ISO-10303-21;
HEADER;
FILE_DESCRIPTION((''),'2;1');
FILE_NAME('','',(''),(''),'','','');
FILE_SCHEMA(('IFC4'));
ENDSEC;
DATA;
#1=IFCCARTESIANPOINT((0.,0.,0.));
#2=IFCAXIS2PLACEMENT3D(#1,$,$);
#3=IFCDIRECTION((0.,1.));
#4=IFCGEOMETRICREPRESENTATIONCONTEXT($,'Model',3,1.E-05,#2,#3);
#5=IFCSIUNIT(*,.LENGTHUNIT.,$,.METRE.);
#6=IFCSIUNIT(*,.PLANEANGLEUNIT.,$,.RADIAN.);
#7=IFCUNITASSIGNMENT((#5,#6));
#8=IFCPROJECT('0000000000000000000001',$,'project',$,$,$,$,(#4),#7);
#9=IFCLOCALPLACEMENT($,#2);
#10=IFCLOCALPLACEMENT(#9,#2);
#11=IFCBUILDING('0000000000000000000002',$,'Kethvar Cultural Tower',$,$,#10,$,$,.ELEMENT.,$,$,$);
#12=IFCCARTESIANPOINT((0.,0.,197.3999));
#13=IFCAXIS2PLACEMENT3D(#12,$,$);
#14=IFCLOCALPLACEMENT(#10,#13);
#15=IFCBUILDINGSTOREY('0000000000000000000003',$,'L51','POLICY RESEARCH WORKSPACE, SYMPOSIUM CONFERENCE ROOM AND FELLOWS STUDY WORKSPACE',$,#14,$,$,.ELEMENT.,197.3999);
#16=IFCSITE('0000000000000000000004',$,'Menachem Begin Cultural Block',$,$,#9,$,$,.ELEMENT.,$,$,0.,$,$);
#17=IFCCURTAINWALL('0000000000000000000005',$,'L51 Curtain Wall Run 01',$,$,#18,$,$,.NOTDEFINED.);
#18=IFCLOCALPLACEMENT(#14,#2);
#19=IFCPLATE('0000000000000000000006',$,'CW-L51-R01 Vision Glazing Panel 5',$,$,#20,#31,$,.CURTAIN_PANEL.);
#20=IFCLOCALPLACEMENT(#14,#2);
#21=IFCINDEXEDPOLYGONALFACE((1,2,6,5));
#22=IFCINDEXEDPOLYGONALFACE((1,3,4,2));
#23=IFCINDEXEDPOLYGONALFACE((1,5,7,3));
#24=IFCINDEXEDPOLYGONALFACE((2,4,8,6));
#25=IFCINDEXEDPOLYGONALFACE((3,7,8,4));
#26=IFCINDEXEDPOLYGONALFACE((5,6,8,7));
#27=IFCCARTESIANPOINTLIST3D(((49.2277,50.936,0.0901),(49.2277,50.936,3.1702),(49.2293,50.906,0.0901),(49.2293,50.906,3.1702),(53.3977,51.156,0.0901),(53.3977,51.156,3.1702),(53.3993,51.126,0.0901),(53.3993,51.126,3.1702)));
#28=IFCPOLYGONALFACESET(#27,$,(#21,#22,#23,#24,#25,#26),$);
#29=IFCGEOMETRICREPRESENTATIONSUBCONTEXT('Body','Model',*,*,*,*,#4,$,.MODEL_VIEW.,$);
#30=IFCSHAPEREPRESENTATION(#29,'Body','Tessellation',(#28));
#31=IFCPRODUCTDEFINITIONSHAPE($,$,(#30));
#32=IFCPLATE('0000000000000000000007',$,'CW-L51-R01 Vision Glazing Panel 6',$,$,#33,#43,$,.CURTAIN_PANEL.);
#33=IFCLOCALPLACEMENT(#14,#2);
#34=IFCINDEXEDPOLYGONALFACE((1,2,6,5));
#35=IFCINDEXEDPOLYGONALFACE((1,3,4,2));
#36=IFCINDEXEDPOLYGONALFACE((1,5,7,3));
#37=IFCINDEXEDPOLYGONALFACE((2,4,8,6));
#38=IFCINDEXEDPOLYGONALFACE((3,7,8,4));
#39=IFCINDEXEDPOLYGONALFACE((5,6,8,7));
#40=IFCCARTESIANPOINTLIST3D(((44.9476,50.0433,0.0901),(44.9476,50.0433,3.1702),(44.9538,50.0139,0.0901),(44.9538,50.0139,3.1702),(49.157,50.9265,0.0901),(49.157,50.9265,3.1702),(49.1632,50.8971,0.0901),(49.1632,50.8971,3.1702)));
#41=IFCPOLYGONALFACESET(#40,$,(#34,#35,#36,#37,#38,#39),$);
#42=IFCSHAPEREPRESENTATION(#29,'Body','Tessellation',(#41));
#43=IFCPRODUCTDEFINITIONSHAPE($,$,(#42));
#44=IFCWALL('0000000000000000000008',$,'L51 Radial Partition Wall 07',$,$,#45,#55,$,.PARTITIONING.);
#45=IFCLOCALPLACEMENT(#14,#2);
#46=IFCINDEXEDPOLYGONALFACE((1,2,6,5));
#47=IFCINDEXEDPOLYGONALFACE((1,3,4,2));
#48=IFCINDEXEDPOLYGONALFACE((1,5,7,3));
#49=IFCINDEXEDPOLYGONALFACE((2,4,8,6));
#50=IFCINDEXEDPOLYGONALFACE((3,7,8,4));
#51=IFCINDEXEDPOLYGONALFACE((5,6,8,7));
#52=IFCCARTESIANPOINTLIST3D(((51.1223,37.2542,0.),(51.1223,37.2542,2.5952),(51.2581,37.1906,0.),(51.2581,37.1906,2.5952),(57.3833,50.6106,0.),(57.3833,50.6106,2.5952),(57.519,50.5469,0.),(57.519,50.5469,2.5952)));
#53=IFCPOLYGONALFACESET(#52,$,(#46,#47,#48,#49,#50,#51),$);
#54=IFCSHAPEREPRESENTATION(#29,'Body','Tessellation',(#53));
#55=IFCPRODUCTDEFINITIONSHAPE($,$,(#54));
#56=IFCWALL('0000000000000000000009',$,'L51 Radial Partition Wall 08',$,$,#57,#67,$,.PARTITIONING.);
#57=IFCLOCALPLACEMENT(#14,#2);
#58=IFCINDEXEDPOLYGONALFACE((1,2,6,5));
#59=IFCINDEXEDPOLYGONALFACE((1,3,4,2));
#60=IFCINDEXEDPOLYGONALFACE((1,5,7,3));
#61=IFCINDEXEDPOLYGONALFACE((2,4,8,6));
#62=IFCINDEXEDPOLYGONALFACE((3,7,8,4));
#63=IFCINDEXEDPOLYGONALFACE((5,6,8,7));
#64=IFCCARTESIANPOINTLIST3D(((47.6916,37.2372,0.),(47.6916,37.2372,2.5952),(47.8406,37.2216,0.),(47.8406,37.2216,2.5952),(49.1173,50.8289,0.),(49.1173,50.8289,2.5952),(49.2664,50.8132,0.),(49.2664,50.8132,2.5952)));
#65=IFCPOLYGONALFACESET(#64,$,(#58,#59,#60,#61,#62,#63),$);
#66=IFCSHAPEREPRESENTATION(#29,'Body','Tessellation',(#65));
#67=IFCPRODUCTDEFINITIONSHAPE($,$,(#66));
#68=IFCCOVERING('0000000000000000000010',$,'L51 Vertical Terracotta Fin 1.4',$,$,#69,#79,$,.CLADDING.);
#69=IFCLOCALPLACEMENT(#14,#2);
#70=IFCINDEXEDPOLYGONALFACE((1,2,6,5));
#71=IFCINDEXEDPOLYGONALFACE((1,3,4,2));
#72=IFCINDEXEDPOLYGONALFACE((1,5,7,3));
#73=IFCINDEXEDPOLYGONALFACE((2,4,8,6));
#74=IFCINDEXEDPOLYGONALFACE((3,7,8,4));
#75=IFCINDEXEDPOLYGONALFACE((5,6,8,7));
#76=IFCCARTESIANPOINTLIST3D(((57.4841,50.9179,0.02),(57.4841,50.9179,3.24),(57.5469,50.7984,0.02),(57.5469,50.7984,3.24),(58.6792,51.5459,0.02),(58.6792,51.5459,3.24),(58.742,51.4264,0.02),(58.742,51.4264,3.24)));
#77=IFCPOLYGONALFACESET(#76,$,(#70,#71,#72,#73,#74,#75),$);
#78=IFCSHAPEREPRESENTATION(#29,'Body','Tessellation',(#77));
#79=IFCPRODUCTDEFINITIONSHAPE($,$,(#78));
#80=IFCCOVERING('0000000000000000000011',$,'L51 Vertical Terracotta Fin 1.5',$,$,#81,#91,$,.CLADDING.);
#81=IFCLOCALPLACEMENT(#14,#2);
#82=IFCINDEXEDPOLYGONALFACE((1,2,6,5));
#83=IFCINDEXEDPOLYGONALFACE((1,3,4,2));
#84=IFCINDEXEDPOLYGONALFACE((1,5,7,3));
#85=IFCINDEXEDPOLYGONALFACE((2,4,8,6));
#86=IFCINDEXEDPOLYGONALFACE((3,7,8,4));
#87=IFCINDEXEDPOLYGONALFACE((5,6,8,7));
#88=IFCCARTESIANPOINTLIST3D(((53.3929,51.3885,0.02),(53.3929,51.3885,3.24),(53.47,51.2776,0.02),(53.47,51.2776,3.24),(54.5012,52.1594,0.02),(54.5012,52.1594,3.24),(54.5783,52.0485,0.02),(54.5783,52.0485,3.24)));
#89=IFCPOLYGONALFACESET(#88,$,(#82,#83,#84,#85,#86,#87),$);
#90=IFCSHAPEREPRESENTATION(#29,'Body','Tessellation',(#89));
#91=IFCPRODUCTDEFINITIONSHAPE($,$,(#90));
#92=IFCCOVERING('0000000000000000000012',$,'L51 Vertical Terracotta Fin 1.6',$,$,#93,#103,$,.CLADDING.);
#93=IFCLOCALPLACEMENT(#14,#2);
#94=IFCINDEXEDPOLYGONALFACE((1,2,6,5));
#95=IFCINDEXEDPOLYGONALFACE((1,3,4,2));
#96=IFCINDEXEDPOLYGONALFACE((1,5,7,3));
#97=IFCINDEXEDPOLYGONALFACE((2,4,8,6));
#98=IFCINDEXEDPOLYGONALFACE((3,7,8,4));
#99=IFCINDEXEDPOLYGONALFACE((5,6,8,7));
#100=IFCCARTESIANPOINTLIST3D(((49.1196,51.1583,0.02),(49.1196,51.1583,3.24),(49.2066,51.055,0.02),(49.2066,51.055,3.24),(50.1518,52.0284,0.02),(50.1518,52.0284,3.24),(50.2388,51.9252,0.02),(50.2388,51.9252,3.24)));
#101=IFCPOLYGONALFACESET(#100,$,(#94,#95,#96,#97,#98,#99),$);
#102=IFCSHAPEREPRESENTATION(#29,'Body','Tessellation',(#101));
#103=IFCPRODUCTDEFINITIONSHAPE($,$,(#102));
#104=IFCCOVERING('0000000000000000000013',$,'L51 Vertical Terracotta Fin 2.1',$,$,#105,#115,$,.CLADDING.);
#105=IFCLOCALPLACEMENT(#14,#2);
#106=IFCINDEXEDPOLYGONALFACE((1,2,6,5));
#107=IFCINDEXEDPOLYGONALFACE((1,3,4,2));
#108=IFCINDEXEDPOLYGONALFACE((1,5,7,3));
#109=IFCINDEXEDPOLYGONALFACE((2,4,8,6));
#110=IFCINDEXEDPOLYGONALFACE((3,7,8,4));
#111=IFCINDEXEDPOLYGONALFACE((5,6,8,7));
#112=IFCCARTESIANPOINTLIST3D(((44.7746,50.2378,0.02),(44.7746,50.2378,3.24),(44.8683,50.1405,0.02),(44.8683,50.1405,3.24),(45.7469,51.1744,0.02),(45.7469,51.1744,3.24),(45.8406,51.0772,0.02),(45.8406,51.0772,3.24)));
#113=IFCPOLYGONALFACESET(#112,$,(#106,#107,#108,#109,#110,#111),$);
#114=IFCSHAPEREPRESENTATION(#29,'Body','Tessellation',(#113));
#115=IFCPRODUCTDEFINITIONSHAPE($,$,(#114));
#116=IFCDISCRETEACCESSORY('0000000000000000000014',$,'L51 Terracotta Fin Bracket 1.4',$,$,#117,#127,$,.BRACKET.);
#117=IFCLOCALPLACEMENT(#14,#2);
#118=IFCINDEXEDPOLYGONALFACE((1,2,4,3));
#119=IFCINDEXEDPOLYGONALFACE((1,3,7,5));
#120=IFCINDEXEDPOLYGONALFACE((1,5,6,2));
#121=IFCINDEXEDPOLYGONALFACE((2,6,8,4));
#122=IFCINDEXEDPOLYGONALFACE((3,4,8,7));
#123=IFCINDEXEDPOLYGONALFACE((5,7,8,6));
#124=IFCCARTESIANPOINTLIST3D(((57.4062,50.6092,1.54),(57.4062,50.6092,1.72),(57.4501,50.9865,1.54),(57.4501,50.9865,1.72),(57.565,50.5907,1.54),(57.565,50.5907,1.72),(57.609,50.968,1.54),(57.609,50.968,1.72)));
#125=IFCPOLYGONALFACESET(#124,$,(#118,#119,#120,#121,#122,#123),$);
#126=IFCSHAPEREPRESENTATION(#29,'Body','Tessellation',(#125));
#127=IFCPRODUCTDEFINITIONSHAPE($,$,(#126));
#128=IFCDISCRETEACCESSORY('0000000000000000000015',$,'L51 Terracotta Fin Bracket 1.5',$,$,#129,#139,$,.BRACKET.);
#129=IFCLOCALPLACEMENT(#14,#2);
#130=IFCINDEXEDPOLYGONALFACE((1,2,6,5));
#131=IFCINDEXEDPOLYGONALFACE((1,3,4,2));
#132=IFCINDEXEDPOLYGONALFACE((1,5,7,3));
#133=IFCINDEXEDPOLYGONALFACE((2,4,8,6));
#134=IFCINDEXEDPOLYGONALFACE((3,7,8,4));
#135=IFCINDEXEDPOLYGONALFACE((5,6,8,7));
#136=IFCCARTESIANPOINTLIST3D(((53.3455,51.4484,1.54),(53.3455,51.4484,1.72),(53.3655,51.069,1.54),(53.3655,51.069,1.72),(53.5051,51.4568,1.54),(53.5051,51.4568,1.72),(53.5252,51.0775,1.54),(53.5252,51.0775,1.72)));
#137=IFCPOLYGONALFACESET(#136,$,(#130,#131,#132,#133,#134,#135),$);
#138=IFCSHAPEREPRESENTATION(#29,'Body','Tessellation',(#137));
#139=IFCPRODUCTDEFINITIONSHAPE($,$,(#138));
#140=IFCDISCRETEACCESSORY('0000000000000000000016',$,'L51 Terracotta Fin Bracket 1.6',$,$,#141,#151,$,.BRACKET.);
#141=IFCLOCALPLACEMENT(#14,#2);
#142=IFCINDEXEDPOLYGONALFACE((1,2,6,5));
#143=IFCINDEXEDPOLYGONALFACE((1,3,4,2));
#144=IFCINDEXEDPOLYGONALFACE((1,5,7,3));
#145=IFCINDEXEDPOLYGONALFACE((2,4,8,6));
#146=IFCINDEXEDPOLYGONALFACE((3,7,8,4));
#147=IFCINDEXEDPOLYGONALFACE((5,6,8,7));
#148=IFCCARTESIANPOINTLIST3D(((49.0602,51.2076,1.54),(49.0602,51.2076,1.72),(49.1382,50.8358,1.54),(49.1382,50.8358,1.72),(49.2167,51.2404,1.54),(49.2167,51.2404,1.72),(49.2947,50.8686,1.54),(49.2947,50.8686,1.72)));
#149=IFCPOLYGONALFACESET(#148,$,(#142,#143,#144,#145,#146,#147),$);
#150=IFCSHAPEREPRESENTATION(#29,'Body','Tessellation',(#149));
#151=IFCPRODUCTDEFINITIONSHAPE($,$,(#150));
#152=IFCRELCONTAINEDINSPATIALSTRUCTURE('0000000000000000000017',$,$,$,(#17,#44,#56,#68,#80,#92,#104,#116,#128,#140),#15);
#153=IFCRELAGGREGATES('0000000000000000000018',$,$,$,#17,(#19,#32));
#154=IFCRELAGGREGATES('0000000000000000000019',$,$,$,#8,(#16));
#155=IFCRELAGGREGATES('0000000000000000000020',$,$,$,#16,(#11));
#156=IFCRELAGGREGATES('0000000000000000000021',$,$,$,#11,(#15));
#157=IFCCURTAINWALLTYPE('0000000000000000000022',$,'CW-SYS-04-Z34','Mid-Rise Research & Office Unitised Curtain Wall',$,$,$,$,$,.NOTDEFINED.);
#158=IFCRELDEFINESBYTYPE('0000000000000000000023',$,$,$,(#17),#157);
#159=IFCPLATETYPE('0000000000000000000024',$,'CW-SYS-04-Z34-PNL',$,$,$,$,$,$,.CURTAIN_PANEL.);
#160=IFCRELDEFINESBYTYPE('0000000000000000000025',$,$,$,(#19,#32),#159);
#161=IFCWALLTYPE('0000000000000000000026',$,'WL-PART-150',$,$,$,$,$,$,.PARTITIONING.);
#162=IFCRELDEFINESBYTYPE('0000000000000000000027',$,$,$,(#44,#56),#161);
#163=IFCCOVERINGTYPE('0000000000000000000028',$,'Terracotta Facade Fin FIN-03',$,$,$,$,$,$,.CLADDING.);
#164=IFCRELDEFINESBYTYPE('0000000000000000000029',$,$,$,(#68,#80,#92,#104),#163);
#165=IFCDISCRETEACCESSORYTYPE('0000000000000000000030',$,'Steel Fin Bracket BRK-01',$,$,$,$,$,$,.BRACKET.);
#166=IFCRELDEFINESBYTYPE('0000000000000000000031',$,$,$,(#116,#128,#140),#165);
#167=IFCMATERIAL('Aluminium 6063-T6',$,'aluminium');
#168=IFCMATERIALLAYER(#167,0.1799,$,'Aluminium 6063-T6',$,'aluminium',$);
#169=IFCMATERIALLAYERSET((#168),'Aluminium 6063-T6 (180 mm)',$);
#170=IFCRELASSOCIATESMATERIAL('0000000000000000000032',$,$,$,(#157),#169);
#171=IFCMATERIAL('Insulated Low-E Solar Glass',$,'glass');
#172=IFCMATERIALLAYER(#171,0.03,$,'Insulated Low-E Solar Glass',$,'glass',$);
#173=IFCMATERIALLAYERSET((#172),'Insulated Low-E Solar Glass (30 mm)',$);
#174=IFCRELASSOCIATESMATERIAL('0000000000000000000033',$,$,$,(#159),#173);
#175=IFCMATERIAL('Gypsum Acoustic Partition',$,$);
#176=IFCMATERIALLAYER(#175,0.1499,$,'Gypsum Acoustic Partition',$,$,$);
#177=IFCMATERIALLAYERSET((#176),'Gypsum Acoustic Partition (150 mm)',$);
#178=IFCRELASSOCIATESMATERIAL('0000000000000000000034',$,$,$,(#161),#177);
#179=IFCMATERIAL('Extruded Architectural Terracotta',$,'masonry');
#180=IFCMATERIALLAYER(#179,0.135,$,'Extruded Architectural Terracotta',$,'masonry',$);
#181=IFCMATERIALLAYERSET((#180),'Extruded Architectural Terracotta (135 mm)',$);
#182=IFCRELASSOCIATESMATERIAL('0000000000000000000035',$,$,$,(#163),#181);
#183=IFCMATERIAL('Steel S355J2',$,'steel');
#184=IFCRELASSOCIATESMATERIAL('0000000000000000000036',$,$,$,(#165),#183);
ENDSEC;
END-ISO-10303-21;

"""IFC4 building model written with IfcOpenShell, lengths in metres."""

from ifc_helpers import new_model, si_unit, direction, frame, frame_2d, origin, origin_2d, place, context, subcontext, project, spatial, rectangle, extrude, source, transform, mapped, material, layer, layer_set, type_object, element, aggregate, save


model = new_model("IFC4")

# Units and contexts
model_context = context("Model", 3, precision=1e-05, world=origin(), true_north=direction((0.0, 1.0)))
body_context = subcontext(model_context, "Body", "Model", "MODEL_VIEW")
ifc_project = project(units=[si_unit("LENGTHUNIT", "METRE"), si_unit("PLANEANGLEUNIT", "RADIAN")], contexts=[model_context])

# Site, building, storey
site_placement = place(None, origin())
site = spatial("IfcSite", under=ifc_project, at=site_placement, Name="Menachem Begin Cultural Block", CompositionType="ELEMENT", RefElevation=0.0)
building_placement = place(site_placement, origin())
building = spatial("IfcBuilding", under=site, at=building_placement, Name="Kethvar Cultural Tower", CompositionType="ELEMENT")
storey_placement = place(building_placement, frame((0.0, 0.0, 197.3999)))
storey = spatial("IfcBuildingStorey", under=building, at=storey_placement, Name="L51", Description="POLICY RESEARCH WORKSPACE, SYMPOSIUM CONFERENCE ROOM AND FELLOWS STUDY WORKSPACE", CompositionType="ELEMENT", Elevation=197.3999)

# Shared definitions
ifc_material_1 = material(Name="Steel S355J2", Category="steel")

# Curtain wall, plates
ifc_material_2 = material(Name="Aluminium 6063-T6", Category="aluminium")
ifc_layer_1 = layer(ifc_material_2, 0.1799, Name="Aluminium 6063-T6", Category="aluminium")
ifc_layer_set_1 = layer_set([ifc_layer_1], Name="Aluminium 6063-T6 (180 mm)")
curtain_wall_type = type_object("IfcCurtainWallType", Name="CW-SYS-04-Z34", Description="Mid-Rise Research & Office Unitised Curtain Wall", PredefinedType="NOTDEFINED", material=ifc_layer_set_1)
curtain_wall_placement = place(storey_placement, origin())
curtain_wall = element("IfcCurtainWall", 1, at=curtain_wall_placement, inside=storey, type_object=curtain_wall_type, Name="L51 Curtain Wall Run 01", PredefinedType="NOTDEFINED")
ifc_material_3 = material(Name="Insulated Low-E Solar Glass", Category="glass")
ifc_layer_2 = layer(ifc_material_3, 0.03, Name="Insulated Low-E Solar Glass", Category="glass")
ifc_layer_set_2 = layer_set([ifc_layer_2], Name="Insulated Low-E Solar Glass (30 mm)")
plate_type = type_object("IfcPlateType", Name="CW-SYS-04-Z34-PNL", PredefinedType="CURTAIN_PANEL", material=ifc_layer_set_2)
shared_shape_1 = source(origin(), body_context, "Body", "SweptSolid", [
    extrude(rectangle(XDim=4.1758, YDim=0.03, at=origin_2d()), origin(), (0.0, 0.0, 1.0), 3.0801),
])
plate_1_placement = place(storey_placement, frame((51.3135, 51.031, 0.0901), z_axis=(0.0, 0.0, 1.0), x_axis=(-0.99861, -0.052702, 0.0)))
plate_1 = element("IfcPlate", 2, at=plate_1_placement, type_object=plate_type, Name="CW-L51-R01 Vision Glazing Panel 5", PredefinedType="CURTAIN_PANEL", context=body_context, shape_type="MappedRepresentation", body=[
    mapped(shared_shape_1, transform((0.0, 0.0, 0.0), scale=1.0)),
])
shared_shape_2 = source(origin(), body_context, "Body", "SweptSolid", [
    extrude(rectangle(XDim=4.301, YDim=0.03, at=origin_2d()), origin(), (0.0, 0.0, 1.0), 3.0801),
])
plate_2_placement = place(storey_placement, frame((47.0554, 50.4702, 0.0901), z_axis=(0.0, 0.0, 1.0), x_axis=(-0.978692, -0.205333, 0.0)))
plate_2 = element("IfcPlate", 3, at=plate_2_placement, type_object=plate_type, Name="CW-L51-R01 Vision Glazing Panel 6", PredefinedType="CURTAIN_PANEL", context=body_context, shape_type="MappedRepresentation", body=[
    mapped(shared_shape_2, transform((0.0, 0.0, 0.0), scale=1.0)),
])
aggregate(curtain_wall, [plate_1, plate_2])

# Walls
ifc_material_4 = material(Name="Gypsum Acoustic Partition")
ifc_layer_3 = layer(ifc_material_4, 0.1499, Name="Gypsum Acoustic Partition")
ifc_layer_set_3 = layer_set([ifc_layer_3], Name="Gypsum Acoustic Partition (150 mm)")
wall_type_1 = type_object("IfcWallType", Name="WL-PART-150", PredefinedType="PARTITIONING", material=ifc_layer_set_3)
wall_1_placement = place(storey_placement, frame((51.1902, 37.2224, 0.0), z_axis=(0.0, 0.0, 1.0), x_axis=(0.424442, 0.905455, 0.0)))
element("IfcWall", 4, at=wall_1_placement, inside=storey, type_object=wall_type_1, Name="L51 Radial Partition Wall 07", PredefinedType="PARTITIONING", context=body_context, shape_type="SweptSolid", body=[
    extrude(rectangle(XDim=14.751, YDim=0.1499, at=frame_2d((7.3755, 0.0))), origin(), (0.0, 0.0, 1.0), 2.5952),
])
wall_2_placement = place(storey_placement, frame((47.7661, 37.2295, 0.0), z_axis=(0.0, 0.0, 1.0), x_axis=(0.104328, 0.994543, 0.0)))
element("IfcWall", 5, at=wall_2_placement, inside=storey, type_object=wall_type_1, Name="L51 Radial Partition Wall 08", PredefinedType="PARTITIONING", context=body_context, shape_type="SweptSolid", body=[
    extrude(rectangle(XDim=13.6663, YDim=0.1499, at=frame_2d((6.833, 0.0))), origin(), (0.0, 0.0, 1.0), 2.5952),
])

# Coverings
ifc_material_5 = material(Name="Extruded Architectural Terracotta", Category="masonry")
ifc_layer_4 = layer(ifc_material_5, 0.135, Name="Extruded Architectural Terracotta", Category="masonry")
ifc_layer_set_4 = layer_set([ifc_layer_4], Name="Extruded Architectural Terracotta (135 mm)")
covering_type = type_object("IfcCoveringType", Name="Terracotta Facade Fin FIN-03", PredefinedType="CLADDING", material=ifc_layer_set_4)
shared_shape_3 = source(origin(), body_context, "Body", "SweptSolid", [
    extrude(rectangle(XDim=1.3501, YDim=0.135, at=origin_2d()), origin(), (0.0, 0.0, 1.0), 3.22),
])
for number, where, z_axis, x_axis, name in (
    (6, (58.113, 51.1721, 0.02), (0.0, 0.0, 1.0), (0.885231, 0.465151, 0.0), "L51 Vertical Terracotta Fin 1.4"),
    (7, (53.9856, 51.7185, 0.02), (0.0, 0.0, 1.0), (0.82095, 0.571, 0.0), "L51 Vertical Terracotta Fin 1.5"),
    (8, (49.6792, 51.5417, 0.02), (0.0, 0.0, 1.0), (0.764584, 0.644524, 0.0), "L51 Vertical Terracotta Fin 1.6"),
    (9, (45.3076, 50.6575, 0.02), (0.0, 0.0, 1.0), (0.720188, 0.693779, 0.0), "L51 Vertical Terracotta Fin 2.1"),
):
    element("IfcCovering", number, at=place(storey_placement, frame(where, z_axis=z_axis, x_axis=x_axis)), inside=storey, type_object=covering_type, Name=name, PredefinedType="CLADDING", context=body_context, shape_type="MappedRepresentation", body=[
        mapped(shared_shape_3, transform((0.0, 0.0, 0.0), scale=1.0)),
    ])

# Discrete accessories
discrete_accessory_type = type_object("IfcDiscreteAccessoryType", Name="Steel Fin Bracket BRK-01", PredefinedType="BRACKET", material=ifc_material_1)
shared_shape_4 = source(origin(), body_context, "Body", "SweptSolid", [
    extrude(rectangle(XDim=0.3799, YDim=0.1599, at=origin_2d()), origin(), (0.0, 0.0, 1.0), 0.1799),
])
for number, where, z_axis, x_axis, name in (
    (10, (57.5076, 50.7886, 1.54), (0.0, 0.0, 1.0), (0.115804, 0.993272, 0.0), "L51 Terracotta Fin Bracket 1.4"),
    (11, (53.4353, 51.2629, 1.54), (0.0, 0.0, 1.0), (-0.052685, 0.998611, 0.0), "L51 Terracotta Fin Bracket 1.5"),
    (12, (49.1775, 51.0381, 1.54), (0.0, 0.0, 1.0), (-0.20535, 0.978689, 0.0), "L51 Terracotta Fin Bracket 1.6"),
):
    element("IfcDiscreteAccessory", number, at=place(storey_placement, frame(where, z_axis=z_axis, x_axis=x_axis)), inside=storey, type_object=discrete_accessory_type, Name=name, PredefinedType="BRACKET", context=body_context, shape_type="MappedRepresentation", body=[
        mapped(shared_shape_4, transform((0.0, 0.0, 0.0), scale=1.0)),
    ])

save(model, "model.ifc")
